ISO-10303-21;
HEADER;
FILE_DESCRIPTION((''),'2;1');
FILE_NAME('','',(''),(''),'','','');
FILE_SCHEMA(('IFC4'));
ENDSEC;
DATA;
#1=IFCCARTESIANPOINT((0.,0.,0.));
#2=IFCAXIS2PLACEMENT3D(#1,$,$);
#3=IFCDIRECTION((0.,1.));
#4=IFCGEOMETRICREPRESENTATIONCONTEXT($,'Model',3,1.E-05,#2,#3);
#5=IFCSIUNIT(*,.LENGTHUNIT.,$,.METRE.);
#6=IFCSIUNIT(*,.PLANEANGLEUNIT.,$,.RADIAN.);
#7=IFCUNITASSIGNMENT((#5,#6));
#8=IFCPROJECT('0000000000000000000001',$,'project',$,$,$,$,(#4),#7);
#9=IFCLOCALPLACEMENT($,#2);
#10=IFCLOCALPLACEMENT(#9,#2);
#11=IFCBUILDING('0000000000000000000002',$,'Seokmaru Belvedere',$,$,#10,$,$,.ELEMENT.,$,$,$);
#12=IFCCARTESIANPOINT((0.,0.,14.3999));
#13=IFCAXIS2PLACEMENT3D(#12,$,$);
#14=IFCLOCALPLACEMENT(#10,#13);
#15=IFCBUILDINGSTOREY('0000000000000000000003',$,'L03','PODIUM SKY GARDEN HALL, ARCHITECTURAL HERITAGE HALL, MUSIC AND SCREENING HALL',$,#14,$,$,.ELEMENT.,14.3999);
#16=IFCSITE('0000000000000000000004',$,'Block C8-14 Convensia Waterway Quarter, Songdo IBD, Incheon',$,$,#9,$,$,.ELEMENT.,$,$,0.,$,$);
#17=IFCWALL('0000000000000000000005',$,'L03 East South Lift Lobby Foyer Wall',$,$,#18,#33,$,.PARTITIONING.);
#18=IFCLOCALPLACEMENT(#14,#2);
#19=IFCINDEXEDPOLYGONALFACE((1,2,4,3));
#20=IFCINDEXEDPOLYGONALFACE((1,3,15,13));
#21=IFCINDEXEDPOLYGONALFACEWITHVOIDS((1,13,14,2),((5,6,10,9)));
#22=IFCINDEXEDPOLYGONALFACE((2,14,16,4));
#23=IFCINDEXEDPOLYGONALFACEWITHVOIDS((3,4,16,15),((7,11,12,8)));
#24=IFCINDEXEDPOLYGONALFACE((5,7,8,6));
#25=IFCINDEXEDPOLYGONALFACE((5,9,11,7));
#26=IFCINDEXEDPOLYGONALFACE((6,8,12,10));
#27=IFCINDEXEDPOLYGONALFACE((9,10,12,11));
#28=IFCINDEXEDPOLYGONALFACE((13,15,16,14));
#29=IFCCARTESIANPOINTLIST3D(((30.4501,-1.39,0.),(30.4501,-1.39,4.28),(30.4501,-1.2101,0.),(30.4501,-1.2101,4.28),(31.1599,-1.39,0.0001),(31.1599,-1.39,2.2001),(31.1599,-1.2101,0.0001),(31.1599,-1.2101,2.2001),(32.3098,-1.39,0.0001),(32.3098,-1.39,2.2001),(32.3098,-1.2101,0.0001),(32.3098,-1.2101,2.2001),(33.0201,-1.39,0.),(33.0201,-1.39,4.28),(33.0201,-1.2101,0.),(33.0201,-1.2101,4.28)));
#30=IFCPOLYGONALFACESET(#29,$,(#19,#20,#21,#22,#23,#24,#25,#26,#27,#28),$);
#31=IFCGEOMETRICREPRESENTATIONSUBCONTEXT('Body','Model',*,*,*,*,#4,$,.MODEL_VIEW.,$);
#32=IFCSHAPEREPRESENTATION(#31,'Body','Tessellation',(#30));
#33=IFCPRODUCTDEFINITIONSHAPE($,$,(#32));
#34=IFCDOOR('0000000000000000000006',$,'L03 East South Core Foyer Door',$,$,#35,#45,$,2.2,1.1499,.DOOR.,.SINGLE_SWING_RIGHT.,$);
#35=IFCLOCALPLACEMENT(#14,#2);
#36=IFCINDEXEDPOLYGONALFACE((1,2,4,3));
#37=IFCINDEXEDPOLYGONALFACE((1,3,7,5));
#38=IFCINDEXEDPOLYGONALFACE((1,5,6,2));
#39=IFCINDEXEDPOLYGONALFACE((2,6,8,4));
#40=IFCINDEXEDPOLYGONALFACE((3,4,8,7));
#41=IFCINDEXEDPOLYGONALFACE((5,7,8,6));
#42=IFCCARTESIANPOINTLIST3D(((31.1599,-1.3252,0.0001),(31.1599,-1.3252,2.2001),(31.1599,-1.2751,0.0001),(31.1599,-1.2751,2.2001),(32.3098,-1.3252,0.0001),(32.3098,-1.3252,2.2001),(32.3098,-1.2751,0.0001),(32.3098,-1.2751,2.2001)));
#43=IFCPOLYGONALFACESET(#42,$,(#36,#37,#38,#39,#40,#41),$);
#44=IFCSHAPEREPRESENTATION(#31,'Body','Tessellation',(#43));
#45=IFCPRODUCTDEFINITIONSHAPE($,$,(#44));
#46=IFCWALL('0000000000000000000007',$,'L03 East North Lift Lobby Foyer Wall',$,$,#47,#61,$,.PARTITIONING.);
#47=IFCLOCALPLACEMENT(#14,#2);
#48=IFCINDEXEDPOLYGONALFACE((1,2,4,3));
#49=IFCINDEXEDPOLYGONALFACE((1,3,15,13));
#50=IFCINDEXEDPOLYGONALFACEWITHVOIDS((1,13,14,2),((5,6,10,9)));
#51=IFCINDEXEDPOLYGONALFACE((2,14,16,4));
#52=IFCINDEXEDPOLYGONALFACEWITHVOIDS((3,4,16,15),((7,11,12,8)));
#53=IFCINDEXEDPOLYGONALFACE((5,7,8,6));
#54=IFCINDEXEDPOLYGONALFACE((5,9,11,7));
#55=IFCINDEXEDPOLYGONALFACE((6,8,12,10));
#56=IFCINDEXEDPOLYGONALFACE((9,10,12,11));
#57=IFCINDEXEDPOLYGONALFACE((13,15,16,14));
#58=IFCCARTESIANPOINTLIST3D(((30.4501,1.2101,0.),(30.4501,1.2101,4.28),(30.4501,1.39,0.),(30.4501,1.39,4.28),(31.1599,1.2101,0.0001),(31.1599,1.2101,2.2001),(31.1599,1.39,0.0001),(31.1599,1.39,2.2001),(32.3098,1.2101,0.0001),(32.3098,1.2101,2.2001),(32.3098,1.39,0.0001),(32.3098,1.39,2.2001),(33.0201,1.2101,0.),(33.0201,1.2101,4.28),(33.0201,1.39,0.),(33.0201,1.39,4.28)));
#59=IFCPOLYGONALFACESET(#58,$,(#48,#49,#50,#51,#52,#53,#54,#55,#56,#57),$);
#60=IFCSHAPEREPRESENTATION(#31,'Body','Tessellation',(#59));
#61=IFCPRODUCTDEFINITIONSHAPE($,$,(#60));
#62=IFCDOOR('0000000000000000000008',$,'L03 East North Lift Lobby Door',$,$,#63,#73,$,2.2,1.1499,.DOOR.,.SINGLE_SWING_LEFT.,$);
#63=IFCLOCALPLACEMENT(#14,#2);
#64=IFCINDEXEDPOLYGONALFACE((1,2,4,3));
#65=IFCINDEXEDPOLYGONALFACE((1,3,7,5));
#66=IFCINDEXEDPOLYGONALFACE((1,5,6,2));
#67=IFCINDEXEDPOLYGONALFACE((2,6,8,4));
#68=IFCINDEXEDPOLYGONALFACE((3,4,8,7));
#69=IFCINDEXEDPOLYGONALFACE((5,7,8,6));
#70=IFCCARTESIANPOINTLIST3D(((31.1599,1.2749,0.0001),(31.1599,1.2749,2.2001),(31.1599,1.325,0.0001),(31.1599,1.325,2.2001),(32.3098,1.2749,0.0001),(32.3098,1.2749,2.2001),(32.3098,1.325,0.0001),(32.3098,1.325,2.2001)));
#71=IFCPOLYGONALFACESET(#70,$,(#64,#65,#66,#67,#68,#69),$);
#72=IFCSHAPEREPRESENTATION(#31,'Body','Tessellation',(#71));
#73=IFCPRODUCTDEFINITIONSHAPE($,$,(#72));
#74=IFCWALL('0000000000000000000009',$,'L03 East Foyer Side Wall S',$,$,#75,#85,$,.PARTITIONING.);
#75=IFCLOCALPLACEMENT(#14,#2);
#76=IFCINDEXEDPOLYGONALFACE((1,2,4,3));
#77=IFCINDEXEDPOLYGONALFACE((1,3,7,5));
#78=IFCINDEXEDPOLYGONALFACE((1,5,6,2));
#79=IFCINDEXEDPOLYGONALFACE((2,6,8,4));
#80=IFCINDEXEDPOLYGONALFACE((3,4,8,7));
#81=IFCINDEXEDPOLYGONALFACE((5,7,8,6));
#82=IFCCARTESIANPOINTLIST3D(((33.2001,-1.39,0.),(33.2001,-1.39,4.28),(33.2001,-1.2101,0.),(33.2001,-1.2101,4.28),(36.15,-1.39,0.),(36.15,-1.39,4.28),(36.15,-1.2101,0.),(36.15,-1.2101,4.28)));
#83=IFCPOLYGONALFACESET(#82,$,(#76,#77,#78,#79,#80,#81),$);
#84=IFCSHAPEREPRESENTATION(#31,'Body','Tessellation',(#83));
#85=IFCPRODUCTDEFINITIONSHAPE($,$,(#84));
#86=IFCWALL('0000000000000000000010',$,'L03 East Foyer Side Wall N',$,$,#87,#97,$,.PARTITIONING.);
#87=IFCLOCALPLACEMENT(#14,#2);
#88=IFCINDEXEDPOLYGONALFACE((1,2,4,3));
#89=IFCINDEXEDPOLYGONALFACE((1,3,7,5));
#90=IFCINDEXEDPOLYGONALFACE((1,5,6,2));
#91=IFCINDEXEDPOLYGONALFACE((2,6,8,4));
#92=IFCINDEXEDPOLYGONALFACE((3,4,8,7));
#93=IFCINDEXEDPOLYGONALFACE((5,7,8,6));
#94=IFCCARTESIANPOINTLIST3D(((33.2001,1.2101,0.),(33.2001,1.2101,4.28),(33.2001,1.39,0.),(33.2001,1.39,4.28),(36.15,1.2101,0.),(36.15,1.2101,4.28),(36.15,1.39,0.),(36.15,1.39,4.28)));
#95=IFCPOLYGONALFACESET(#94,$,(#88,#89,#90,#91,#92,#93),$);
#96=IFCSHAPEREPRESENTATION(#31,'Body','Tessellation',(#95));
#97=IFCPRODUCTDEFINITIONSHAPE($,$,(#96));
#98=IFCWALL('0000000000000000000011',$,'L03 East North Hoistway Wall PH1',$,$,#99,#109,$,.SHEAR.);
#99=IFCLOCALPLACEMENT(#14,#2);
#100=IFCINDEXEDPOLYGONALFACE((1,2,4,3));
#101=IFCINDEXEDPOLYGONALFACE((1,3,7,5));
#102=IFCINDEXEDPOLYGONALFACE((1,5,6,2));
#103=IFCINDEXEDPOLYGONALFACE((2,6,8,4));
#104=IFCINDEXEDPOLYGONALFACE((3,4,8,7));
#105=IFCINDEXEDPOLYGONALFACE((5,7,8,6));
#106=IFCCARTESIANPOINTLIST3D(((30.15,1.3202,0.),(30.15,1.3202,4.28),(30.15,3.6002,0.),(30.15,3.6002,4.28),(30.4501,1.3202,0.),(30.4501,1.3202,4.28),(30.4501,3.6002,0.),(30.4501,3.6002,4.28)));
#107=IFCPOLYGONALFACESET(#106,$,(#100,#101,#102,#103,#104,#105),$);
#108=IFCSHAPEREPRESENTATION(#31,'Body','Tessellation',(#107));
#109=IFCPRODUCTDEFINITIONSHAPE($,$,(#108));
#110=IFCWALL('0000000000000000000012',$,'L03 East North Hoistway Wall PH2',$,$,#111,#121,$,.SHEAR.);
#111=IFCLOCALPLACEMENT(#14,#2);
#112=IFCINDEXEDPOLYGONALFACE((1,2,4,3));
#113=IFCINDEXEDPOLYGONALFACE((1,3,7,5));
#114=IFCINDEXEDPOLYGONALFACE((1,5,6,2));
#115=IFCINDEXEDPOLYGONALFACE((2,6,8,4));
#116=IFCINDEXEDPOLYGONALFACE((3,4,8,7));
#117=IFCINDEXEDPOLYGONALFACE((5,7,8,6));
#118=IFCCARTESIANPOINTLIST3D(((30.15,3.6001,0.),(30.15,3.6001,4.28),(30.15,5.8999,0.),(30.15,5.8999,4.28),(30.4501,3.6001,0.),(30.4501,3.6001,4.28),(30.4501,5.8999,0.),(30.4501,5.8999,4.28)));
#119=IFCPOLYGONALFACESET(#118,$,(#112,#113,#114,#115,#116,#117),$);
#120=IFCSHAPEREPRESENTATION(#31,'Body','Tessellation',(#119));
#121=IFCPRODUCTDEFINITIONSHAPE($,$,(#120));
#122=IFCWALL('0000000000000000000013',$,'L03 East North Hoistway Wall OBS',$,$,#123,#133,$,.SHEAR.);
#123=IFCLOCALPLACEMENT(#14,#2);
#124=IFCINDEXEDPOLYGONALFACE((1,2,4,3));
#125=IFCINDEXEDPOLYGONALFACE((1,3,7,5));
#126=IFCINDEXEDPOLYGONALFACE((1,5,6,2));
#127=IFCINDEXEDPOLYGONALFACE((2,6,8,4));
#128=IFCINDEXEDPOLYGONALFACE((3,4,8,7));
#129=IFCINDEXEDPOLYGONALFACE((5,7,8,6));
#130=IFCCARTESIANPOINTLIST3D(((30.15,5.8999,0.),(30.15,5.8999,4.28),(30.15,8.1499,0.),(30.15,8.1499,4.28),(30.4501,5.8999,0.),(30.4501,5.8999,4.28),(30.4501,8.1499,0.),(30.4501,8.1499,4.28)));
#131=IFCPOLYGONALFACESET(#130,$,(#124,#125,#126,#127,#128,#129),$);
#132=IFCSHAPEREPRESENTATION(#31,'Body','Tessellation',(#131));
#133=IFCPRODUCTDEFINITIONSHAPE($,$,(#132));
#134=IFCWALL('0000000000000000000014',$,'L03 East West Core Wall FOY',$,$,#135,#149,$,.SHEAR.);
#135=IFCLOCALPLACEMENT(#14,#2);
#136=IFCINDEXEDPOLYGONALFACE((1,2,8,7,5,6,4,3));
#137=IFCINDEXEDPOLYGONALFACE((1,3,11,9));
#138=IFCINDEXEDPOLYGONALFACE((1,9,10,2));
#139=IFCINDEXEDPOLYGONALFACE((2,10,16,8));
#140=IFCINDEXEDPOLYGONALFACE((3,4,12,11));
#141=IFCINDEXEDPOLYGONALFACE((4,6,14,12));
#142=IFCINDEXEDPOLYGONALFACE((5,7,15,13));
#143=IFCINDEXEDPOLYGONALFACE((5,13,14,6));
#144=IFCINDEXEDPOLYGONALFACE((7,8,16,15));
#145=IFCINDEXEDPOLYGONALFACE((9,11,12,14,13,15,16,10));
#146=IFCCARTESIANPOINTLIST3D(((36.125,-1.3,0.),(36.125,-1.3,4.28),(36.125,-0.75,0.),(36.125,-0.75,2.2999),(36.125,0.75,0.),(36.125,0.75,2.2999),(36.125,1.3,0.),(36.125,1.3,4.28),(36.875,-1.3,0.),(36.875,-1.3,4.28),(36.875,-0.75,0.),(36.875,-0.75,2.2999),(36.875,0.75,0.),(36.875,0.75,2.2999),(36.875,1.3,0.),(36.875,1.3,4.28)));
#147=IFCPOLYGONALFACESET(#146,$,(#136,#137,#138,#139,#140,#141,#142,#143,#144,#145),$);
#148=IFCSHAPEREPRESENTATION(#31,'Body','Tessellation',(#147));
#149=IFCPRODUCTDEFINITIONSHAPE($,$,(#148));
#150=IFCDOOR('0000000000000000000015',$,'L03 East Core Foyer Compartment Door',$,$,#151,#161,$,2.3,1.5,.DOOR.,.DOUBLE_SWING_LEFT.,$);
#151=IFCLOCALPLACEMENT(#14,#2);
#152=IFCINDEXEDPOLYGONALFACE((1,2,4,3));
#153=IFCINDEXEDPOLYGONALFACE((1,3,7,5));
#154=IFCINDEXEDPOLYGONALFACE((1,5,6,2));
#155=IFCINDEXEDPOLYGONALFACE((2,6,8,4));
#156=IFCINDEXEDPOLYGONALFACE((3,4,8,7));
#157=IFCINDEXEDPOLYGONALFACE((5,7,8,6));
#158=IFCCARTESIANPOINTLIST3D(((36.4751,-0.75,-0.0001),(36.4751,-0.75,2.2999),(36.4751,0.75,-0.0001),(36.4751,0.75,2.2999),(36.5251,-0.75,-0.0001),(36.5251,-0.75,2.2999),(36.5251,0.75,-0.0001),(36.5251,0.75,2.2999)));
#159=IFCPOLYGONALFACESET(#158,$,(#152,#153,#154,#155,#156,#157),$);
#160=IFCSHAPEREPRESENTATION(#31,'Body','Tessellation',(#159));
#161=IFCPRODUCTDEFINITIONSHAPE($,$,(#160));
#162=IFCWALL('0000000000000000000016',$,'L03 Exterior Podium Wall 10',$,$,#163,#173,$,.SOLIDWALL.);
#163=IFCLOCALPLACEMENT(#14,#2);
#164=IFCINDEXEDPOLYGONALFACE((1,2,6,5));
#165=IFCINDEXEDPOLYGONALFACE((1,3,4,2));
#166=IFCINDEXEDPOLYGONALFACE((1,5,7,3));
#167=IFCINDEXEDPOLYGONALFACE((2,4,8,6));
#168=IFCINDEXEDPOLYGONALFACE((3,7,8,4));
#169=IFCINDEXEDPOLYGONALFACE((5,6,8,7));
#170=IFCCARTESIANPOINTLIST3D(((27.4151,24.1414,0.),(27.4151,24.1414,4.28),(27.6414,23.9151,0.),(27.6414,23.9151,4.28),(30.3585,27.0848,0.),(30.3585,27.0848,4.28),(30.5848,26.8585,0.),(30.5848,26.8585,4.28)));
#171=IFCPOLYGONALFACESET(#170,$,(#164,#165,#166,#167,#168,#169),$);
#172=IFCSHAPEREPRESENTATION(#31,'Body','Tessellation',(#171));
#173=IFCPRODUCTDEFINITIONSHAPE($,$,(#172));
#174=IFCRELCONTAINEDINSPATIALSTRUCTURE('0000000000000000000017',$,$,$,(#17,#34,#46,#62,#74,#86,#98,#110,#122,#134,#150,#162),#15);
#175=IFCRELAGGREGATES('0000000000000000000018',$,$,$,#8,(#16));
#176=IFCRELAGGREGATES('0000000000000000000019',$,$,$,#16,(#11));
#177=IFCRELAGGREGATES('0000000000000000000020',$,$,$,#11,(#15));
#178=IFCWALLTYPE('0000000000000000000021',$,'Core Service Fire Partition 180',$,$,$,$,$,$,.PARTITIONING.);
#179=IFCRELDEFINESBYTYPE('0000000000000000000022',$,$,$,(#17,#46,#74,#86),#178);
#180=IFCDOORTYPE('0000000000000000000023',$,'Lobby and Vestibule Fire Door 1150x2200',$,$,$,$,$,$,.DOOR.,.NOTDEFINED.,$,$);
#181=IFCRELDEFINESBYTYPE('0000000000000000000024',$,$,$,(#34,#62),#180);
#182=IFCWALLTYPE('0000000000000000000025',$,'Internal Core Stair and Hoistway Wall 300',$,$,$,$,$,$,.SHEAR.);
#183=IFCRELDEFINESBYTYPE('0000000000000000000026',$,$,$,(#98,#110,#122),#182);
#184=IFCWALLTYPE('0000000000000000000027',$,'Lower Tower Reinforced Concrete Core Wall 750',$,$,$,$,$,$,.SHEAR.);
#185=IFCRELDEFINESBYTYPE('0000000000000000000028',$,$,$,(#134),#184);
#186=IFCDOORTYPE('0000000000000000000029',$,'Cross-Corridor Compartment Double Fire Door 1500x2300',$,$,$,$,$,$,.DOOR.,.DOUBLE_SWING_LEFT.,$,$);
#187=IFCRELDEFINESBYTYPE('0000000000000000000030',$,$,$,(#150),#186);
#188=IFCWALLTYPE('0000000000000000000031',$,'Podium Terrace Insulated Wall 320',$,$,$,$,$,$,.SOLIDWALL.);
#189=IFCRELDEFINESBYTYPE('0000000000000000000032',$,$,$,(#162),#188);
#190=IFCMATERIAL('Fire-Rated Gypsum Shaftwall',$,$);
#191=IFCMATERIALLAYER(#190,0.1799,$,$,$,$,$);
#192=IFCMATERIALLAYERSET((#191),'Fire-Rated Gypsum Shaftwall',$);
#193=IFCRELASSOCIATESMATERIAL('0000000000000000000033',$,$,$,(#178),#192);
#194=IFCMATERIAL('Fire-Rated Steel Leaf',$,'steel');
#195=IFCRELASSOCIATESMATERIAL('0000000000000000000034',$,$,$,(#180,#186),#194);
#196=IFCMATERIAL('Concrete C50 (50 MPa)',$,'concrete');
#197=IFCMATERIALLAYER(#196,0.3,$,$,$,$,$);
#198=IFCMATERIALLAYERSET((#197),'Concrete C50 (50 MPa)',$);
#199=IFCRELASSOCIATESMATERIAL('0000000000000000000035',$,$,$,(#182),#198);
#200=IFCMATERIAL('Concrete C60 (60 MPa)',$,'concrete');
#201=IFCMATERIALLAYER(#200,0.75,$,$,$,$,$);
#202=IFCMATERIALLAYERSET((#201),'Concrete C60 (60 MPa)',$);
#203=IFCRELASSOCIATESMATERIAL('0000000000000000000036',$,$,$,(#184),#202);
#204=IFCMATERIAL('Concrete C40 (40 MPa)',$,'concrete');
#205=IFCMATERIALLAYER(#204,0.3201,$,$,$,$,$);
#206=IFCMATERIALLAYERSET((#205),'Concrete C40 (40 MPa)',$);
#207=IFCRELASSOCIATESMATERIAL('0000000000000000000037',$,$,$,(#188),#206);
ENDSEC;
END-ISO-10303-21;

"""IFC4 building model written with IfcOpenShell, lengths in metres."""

from ifc_helpers import new_model, si_unit, direction, frame, frame_2d, origin, place, context, subcontext, project, spatial, rectangle, extrude, source, transform, mapped, material, layer, layer_set, type_object, type_shapes, element, fill, save


model = new_model("IFC4")

# Units and contexts
model_context = context("Model", 3, precision=1e-05, world=origin(), true_north=direction((0.0, 1.0)))
body_context = subcontext(model_context, "Body", "Model", "MODEL_VIEW")
ifc_project = project(units=[si_unit("LENGTHUNIT", "METRE"), si_unit("PLANEANGLEUNIT", "RADIAN")], contexts=[model_context])

# Site, building, storey
site_placement = place(None, origin())
site = spatial("IfcSite", under=ifc_project, at=site_placement, Name="Block C8-14 Convensia Waterway Quarter, Songdo IBD, Incheon", CompositionType="ELEMENT", RefElevation=0.0)
building_placement = place(site_placement, origin())
building = spatial("IfcBuilding", under=site, at=building_placement, Name="Seokmaru Belvedere", CompositionType="ELEMENT")
storey_placement = place(building_placement, frame((0.0, 0.0, 14.3999)))
storey = spatial("IfcBuildingStorey", under=building, at=storey_placement, Name="L03", Description="PODIUM SKY GARDEN HALL, ARCHITECTURAL HERITAGE HALL, MUSIC AND SCREENING HALL", CompositionType="ELEMENT", Elevation=14.3999)

# Shared definitions
ifc_material_1 = material(Name="Concrete C50 (50 MPa)", Category="concrete")

# Shared definitions
ifc_material_2 = material(Name="Fire-Rated Gypsum Shaftwall")
ifc_layer_1 = layer(ifc_material_2, 0.1799)
ifc_layer_set_1 = layer_set([ifc_layer_1], Name="Fire-Rated Gypsum Shaftwall")
wall_type_1 = type_object("IfcWallType", Name="Core Service Fire Partition 180", PredefinedType="PARTITIONING", material=ifc_layer_set_1)

# Walls, openings, doors
wall_1_placement = place(storey_placement, frame((30.45, -1.3, 0.0), z_axis=(0.0, 0.0, 1.0), x_axis=(1.0, 0.0, 0.0)))
wall_1 = element("IfcWall", 1, at=wall_1_placement, inside=storey, type_object=wall_type_1, Name="L03 East South Lift Lobby Foyer Wall", PredefinedType="PARTITIONING", context=body_context, shape_type="SweptSolid", body=[
    extrude(rectangle(XDim=2.5701, YDim=0.1799, at=frame_2d((1.2852, 0.0))), origin(), (0.0, 0.0, 1.0), 4.28),
])
opening_1_placement = place(wall_1_placement, frame((0.71, 0.0, 0.0)))
opening_1 = element("IfcOpeningElement", 2, at=opening_1_placement, cuts=wall_1, PredefinedType="OPENING", context=body_context, shape_type="SweptSolid", body=[
    extrude(rectangle(XDim=1.1499, YDim=2.2, at=frame_2d((0.575, 1.1001))), frame((0.0, 0.1001, 0.0), z_axis=(0.0, -1.0, 0.0), x_axis=(1.0, 0.0, 0.0)), (0.0, 0.0, 1.0), 0.2),
])
ifc_material_3 = material(Name="Fire-Rated Steel Leaf", Category="steel")
door_type_1 = type_object("IfcDoorType", Name="Lobby and Vestibule Fire Door 1150x2200", OperationType="NOTDEFINED", PredefinedType="DOOR", material=ifc_material_3)
shared_shape_1 = source(origin(), body_context, "Body", "SweptSolid", [
    extrude(rectangle(XDim=1.1499, YDim=2.2, at=frame_2d((0.575, 1.1001))), frame((0.0, 0.0249, 0.0), z_axis=(0.0, -1.0, 0.0), x_axis=(1.0, 0.0, 0.0)), (0.0, 0.0, 1.0), 0.05),
])
type_shapes(door_type_1, [shared_shape_1])
door_1_placement = place(opening_1_placement, origin())
door_1 = element("IfcDoor", 3, at=door_1_placement, inside=storey, type_object=door_type_1, Name="L03 East South Core Foyer Door", OperationType="SINGLE_SWING_RIGHT", OverallHeight=2.2, OverallWidth=1.1499, PredefinedType="DOOR", context=body_context, shape_type="MappedRepresentation", body=[
    mapped(shared_shape_1, transform((0.0, 0.0, 0.0), scale=1.0)),
])
fill(opening_1, door_1)
wall_2_placement = place(storey_placement, frame((30.45, 1.3, 0.0), z_axis=(0.0, 0.0, 1.0), x_axis=(1.0, 0.0, 0.0)))
wall_2 = element("IfcWall", 4, at=wall_2_placement, inside=storey, type_object=wall_type_1, Name="L03 East North Lift Lobby Foyer Wall", PredefinedType="PARTITIONING", context=body_context, shape_type="SweptSolid", body=[
    extrude(rectangle(XDim=2.5701, YDim=0.1799, at=frame_2d((1.2852, 0.0))), origin(), (0.0, 0.0, 1.0), 4.28),
])
opening_2_placement = place(wall_2_placement, frame((0.71, 0.0, 0.0)))
opening_2 = element("IfcOpeningElement", 5, at=opening_2_placement, cuts=wall_2, PredefinedType="OPENING", context=body_context, shape_type="SweptSolid", body=[
    extrude(rectangle(XDim=1.1499, YDim=2.2, at=frame_2d((0.575, 1.1001))), frame((0.0, 0.1001, 0.0), z_axis=(0.0, -1.0, 0.0), x_axis=(1.0, 0.0, 0.0)), (0.0, 0.0, 1.0), 0.2),
])
door_2_placement = place(opening_2_placement, origin())
door_2 = element("IfcDoor", 6, at=door_2_placement, inside=storey, type_object=door_type_1, Name="L03 East North Lift Lobby Door", OperationType="SINGLE_SWING_LEFT", OverallHeight=2.2, OverallWidth=1.1499, PredefinedType="DOOR", context=body_context, shape_type="MappedRepresentation", body=[
    mapped(shared_shape_1, transform((0.0, 0.0, 0.0), scale=1.0)),
])
fill(opening_2, door_2)

# Walls
for number, where, z_axis, x_axis, name in (
    (7, (33.2, -1.3, 0.0), (0.0, 0.0, 1.0), (1.0, 0.0, 0.0), "L03 East Foyer Side Wall S"),
    (8, (33.2, 1.3, 0.0), (0.0, 0.0, 1.0), (1.0, 0.0, 0.0), "L03 East Foyer Side Wall N"),
):
    element("IfcWall", number, at=place(storey_placement, frame(where, z_axis=z_axis, x_axis=x_axis)), inside=storey, type_object=wall_type_1, Name=name, PredefinedType="PARTITIONING", context=body_context, shape_type="SweptSolid", body=[
        extrude(rectangle(XDim=2.95, YDim=0.1799, at=frame_2d((1.4751, 0.0))), origin(), (0.0, 0.0, 1.0), 4.28),
    ])
ifc_layer_2 = layer(ifc_material_1, 0.3)
ifc_layer_set_2 = layer_set([ifc_layer_2], Name="Concrete C50 (50 MPa)")
wall_type_2 = type_object("IfcWallType", Name="Internal Core Stair and Hoistway Wall 300", PredefinedType="SHEAR", material=ifc_layer_set_2)
wall_3_placement = place(storey_placement, frame((30.3, 1.3201, 0.0), z_axis=(0.0, 0.0, 1.0), x_axis=(0.0, 1.0, 0.0)))
element("IfcWall", 9, at=wall_3_placement, inside=storey, type_object=wall_type_2, Name="L03 East North Hoistway Wall PH1", PredefinedType="SHEAR", context=body_context, shape_type="SweptSolid", body=[
    extrude(rectangle(XDim=2.28, YDim=0.3, at=frame_2d((1.1401, 0.0))), origin(), (0.0, 0.0, 1.0), 4.28),
])
wall_4_placement = place(storey_placement, frame((30.3, 3.6001, 0.0), z_axis=(0.0, 0.0, 1.0), x_axis=(0.0, 1.0, 0.0)))
element("IfcWall", 10, at=wall_4_placement, inside=storey, type_object=wall_type_2, Name="L03 East North Hoistway Wall PH2", PredefinedType="SHEAR", context=body_context, shape_type="SweptSolid", body=[
    extrude(rectangle(XDim=2.2998, YDim=0.3, at=frame_2d((1.1499, 0.0))), origin(), (0.0, 0.0, 1.0), 4.28),
])
wall_5_placement = place(storey_placement, frame((30.3, 5.8999, 0.0), z_axis=(0.0, 0.0, 1.0), x_axis=(0.0, 1.0, 0.0)))
element("IfcWall", 11, at=wall_5_placement, inside=storey, type_object=wall_type_2, Name="L03 East North Hoistway Wall OBS", PredefinedType="SHEAR", context=body_context, shape_type="SweptSolid", body=[
    extrude(rectangle(XDim=2.25, YDim=0.3, at=frame_2d((1.125, 0.0))), origin(), (0.0, 0.0, 1.0), 4.28),
])

# Wall, opening, door
ifc_material_4 = material(Name="Concrete C60 (60 MPa)", Category="concrete")
ifc_layer_3 = layer(ifc_material_4, 0.75)
ifc_layer_set_3 = layer_set([ifc_layer_3], Name="Concrete C60 (60 MPa)")
wall_type_3 = type_object("IfcWallType", Name="Lower Tower Reinforced Concrete Core Wall 750", PredefinedType="SHEAR", material=ifc_layer_set_3)
wall_6_placement = place(storey_placement, frame((36.5, -1.3, 0.0), z_axis=(0.0, 0.0, 1.0), x_axis=(0.0, 1.0, 0.0)))
wall_6 = element("IfcWall", 12, at=wall_6_placement, inside=storey, type_object=wall_type_3, Name="L03 East West Core Wall FOY", PredefinedType="SHEAR", context=body_context, shape_type="SweptSolid", body=[
    extrude(rectangle(XDim=2.6001, YDim=0.75, at=frame_2d((1.3, 0.0))), origin(), (0.0, 0.0, 1.0), 4.28),
])
opening_3_placement = place(wall_6_placement, frame((0.55, 0.0, 0.0)))
opening_3 = element("IfcOpeningElement", 13, at=opening_3_placement, cuts=wall_6, PredefinedType="OPENING", context=body_context, shape_type="SweptSolid", body=[
    extrude(rectangle(XDim=1.5, YDim=2.3, at=frame_2d((0.75, 1.1499))), frame((0.0, 0.385, 0.0), z_axis=(0.0, -1.0, 0.0), x_axis=(1.0, 0.0, 0.0)), (0.0, 0.0, 1.0), 0.77),
])
door_type_2 = type_object("IfcDoorType", Name="Cross-Corridor Compartment Double Fire Door 1500x2300", OperationType="DOUBLE_SWING_LEFT", PredefinedType="DOOR", material=ifc_material_3)
shared_shape_2 = source(origin(), body_context, "Body", "SweptSolid", [
    extrude(rectangle(XDim=1.5, YDim=2.3, at=frame_2d((0.75, 1.1499))), frame((0.0, 0.0249, 0.0), z_axis=(0.0, -1.0, 0.0), x_axis=(1.0, 0.0, 0.0)), (0.0, 0.0, 1.0), 0.05),
])
type_shapes(door_type_2, [shared_shape_2])
door_3_placement = place(opening_3_placement, origin())
door_3 = element("IfcDoor", 14, at=door_3_placement, inside=storey, type_object=door_type_2, Name="L03 East Core Foyer Compartment Door", OperationType="DOUBLE_SWING_LEFT", OverallHeight=2.3, OverallWidth=1.5, PredefinedType="DOOR", context=body_context, shape_type="MappedRepresentation", body=[
    mapped(shared_shape_2, transform((0.0, 0.0, 0.0), scale=1.0)),
])
fill(opening_3, door_3)

# Wall
ifc_material_5 = material(Name="Concrete C40 (40 MPa)", Category="concrete")
ifc_layer_4 = layer(ifc_material_5, 0.3201)
ifc_layer_set_4 = layer_set([ifc_layer_4], Name="Concrete C40 (40 MPa)")
wall_type_4 = type_object("IfcWallType", Name="Podium Terrace Insulated Wall 320", PredefinedType="SOLIDWALL", material=ifc_layer_set_4)
wall_7_placement = place(storey_placement, frame((30.4717, 26.9717, 0.0), z_axis=(0.0, 0.0, 1.0), x_axis=(-0.707107, -0.707107, 0.0)))
element("IfcWall", 15, at=wall_7_placement, inside=storey, type_object=wall_type_4, Name="L03 Exterior Podium Wall 10", PredefinedType="SOLIDWALL", context=body_context, shape_type="SweptSolid", body=[
    extrude(rectangle(XDim=4.1626, YDim=0.3201, at=frame_2d((2.0813, 0.0))), origin(), (0.0, 0.0, 1.0), 4.28),
])

save(model, "model.ifc")
